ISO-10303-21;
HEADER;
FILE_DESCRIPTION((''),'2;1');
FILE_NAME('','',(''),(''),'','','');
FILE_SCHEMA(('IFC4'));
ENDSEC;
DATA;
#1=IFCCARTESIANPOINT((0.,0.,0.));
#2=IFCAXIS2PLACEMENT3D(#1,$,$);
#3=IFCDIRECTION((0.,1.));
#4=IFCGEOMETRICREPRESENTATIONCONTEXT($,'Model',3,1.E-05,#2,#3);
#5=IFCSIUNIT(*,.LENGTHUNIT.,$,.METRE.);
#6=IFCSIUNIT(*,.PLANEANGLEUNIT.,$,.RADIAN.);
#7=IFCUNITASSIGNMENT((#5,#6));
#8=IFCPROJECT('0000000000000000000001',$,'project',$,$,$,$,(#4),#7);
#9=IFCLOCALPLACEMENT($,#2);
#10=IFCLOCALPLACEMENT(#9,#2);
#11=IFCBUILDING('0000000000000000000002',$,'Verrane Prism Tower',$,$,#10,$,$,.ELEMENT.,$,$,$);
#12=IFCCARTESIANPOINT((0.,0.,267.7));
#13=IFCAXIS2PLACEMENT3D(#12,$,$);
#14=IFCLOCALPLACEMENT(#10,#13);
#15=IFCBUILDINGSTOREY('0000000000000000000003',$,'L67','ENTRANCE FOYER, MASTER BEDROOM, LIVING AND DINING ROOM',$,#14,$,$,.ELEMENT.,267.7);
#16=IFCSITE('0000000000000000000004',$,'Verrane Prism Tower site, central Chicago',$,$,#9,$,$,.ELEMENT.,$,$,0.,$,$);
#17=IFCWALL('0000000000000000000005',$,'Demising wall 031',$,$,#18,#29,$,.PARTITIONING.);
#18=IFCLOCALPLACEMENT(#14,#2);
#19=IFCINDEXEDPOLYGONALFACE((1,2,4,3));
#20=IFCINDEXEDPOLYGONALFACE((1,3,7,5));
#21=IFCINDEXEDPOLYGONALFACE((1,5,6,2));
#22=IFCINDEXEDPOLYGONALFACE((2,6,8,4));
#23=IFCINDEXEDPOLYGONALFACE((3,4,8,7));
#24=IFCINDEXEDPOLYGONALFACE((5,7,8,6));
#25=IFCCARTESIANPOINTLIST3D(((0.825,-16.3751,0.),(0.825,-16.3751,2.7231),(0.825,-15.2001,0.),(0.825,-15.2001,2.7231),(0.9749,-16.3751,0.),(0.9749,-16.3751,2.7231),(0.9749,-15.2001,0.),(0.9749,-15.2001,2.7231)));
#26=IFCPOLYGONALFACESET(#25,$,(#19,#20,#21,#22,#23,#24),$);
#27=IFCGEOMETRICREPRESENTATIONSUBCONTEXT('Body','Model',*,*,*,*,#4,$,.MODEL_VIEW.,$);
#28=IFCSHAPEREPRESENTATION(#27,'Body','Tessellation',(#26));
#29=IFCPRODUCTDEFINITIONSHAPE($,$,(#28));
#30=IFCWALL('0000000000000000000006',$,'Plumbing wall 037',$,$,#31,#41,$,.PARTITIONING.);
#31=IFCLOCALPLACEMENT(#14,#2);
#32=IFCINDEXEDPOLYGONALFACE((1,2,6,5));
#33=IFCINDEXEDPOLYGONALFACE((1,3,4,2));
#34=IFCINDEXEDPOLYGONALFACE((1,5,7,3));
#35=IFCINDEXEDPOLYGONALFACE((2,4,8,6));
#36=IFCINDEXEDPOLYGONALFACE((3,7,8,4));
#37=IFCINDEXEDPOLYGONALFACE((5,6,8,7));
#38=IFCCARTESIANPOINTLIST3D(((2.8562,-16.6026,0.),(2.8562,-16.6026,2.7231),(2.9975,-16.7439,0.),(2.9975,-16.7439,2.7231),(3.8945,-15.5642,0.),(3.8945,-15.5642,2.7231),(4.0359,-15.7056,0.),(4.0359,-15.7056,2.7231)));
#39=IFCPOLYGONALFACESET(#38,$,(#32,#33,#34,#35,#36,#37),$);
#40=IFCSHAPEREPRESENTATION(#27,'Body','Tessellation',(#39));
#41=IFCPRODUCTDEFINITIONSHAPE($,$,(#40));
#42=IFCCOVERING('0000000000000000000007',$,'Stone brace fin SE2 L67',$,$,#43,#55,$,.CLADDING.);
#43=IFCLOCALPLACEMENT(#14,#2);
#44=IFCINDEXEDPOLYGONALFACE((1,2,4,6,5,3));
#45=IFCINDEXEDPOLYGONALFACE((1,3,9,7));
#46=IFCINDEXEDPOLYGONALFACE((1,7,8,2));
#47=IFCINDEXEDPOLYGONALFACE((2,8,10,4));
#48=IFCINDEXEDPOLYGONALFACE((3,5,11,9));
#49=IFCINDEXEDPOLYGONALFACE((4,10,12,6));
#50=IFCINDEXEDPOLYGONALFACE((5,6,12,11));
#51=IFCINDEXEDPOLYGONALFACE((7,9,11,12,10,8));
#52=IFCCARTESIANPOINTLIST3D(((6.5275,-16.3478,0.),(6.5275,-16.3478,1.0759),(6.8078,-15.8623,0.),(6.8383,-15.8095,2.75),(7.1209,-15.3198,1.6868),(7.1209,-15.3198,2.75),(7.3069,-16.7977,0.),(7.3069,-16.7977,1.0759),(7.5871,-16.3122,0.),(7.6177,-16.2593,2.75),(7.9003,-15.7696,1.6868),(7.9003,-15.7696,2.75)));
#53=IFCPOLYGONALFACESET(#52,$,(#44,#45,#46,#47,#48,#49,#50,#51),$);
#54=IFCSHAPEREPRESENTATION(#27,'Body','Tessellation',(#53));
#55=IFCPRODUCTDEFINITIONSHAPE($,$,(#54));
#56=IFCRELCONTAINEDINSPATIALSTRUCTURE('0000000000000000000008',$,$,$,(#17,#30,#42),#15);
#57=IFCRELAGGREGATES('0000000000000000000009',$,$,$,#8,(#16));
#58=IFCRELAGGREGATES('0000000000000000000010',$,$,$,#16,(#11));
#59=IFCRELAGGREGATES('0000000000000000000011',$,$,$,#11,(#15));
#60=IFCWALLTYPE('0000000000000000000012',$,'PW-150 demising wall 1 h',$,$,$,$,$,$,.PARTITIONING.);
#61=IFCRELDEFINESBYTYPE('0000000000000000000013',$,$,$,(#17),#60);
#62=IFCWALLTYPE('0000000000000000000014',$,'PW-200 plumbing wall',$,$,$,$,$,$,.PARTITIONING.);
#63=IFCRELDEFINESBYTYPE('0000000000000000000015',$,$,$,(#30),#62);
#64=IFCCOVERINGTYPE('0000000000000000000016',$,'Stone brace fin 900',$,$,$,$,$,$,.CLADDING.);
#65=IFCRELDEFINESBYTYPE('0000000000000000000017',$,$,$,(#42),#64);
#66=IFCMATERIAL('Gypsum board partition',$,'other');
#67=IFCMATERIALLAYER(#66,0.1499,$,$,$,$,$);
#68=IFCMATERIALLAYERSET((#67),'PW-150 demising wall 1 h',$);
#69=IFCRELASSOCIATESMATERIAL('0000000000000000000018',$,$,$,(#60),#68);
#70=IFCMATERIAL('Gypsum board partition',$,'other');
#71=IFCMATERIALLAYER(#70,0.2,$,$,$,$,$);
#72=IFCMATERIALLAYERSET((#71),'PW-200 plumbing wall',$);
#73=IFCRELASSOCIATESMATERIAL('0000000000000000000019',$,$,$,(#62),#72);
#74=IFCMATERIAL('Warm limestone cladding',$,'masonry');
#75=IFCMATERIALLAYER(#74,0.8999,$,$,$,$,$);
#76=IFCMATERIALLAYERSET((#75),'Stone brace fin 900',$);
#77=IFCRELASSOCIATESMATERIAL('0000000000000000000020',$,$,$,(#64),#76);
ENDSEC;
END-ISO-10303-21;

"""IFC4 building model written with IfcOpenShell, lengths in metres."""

from ifc_helpers import new_model, si_unit, direction, frame, frame_2d, origin, place, context, subcontext, project, spatial, polyline, rectangle, outline, extrude, material, layer, layer_set, type_object, element, save


model = new_model("IFC4")

# Units and contexts
model_context = context("Model", 3, precision=1e-05, world=origin(), true_north=direction((0.0, 1.0)))
body_context = subcontext(model_context, "Body", "Model", "MODEL_VIEW")
ifc_project = project(units=[si_unit("LENGTHUNIT", "METRE"), si_unit("PLANEANGLEUNIT", "RADIAN")], contexts=[model_context])

# Site, building, storey
site_placement = place(None, origin())
site = spatial("IfcSite", under=ifc_project, at=site_placement, Name="Verrane Prism Tower site, central Chicago", CompositionType="ELEMENT", RefElevation=0.0)
building_placement = place(site_placement, origin())
building = spatial("IfcBuilding", under=site, at=building_placement, Name="Verrane Prism Tower", CompositionType="ELEMENT")
storey_placement = place(building_placement, frame((0.0, 0.0, 267.7)))
storey = spatial("IfcBuildingStorey", under=building, at=storey_placement, Name="L67", Description="ENTRANCE FOYER, MASTER BEDROOM, LIVING AND DINING ROOM", CompositionType="ELEMENT", Elevation=267.7)

# Walls
ifc_material_1 = material(Name="Gypsum board partition", Category="other")
ifc_layer_1 = layer(ifc_material_1, 0.1499)
ifc_layer_set_1 = layer_set([ifc_layer_1], Name="PW-150 demising wall 1 h")
wall_type_1 = type_object("IfcWallType", Name="PW-150 demising wall 1 h", PredefinedType="PARTITIONING", material=ifc_layer_set_1)
wall_1_placement = place(storey_placement, frame((0.8999, -16.375, 0.0), z_axis=(0.0, 0.0, 1.0), x_axis=(0.0, 1.0, 0.0)))
element("IfcWall", 1, at=wall_1_placement, inside=storey, type_object=wall_type_1, Name="Demising wall 031", PredefinedType="PARTITIONING", context=body_context, shape_type="SweptSolid", body=[
    extrude(rectangle(XDim=1.175, YDim=0.1499, at=frame_2d((0.5874, 0.0))), origin(), (0.0, 0.0, 1.0), 2.7231),
])
ifc_material_2 = material(Name="Gypsum board partition", Category="other")
ifc_layer_2 = layer(ifc_material_2, 0.2)
ifc_layer_set_2 = layer_set([ifc_layer_2], Name="PW-200 plumbing wall")
wall_type_2 = type_object("IfcWallType", Name="PW-200 plumbing wall", PredefinedType="PARTITIONING", material=ifc_layer_set_2)
wall_2_placement = place(storey_placement, frame((2.9268, -16.6733, 0.0), z_axis=(0.0, 0.0, 1.0), x_axis=(0.707107, 0.707107, 0.0)))
element("IfcWall", 2, at=wall_2_placement, inside=storey, type_object=wall_type_2, Name="Plumbing wall 037", PredefinedType="PARTITIONING", context=body_context, shape_type="SweptSolid", body=[
    extrude(rectangle(XDim=1.4685, YDim=0.2, at=frame_2d((0.7344, 0.0))), origin(), (0.0, 0.0, 1.0), 2.7231),
])

# Covering
ifc_material_3 = material(Name="Warm limestone cladding", Category="masonry")
ifc_layer_3 = layer(ifc_material_3, 0.8999)
ifc_layer_set_3 = layer_set([ifc_layer_3], Name="Stone brace fin 900")
covering_type = type_object("IfcCoveringType", Name="Stone brace fin 900", PredefinedType="CLADDING", material=ifc_layer_set_3)
covering_placement = place(storey_placement, frame((6.9172, -16.5728, 0.0), z_axis=(0.0, 0.0, 1.0), x_axis=(0.499901, 0.866083, 0.0)))
element("IfcCovering", 3, at=covering_placement, inside=storey, type_object=covering_type, Name="Stone brace fin SE2 L67", PredefinedType="CLADDING", context=body_context, shape_type="SweptSolid", body=[
    extrude(outline(polyline([(1.187, 2.75), (0.6216, 2.75), (0.0, 1.0759), (0.0, 0.0), (0.5605, 0.0), (1.187, 1.6868), (1.187, 2.75)])), frame((0.0, 0.45, 0.0), z_axis=(0.0, -1.0, 0.0), x_axis=(1.0, 0.0, 0.0)), (0.0, 0.0, 1.0), 0.8999),
])

save(model, "model.ifc")
